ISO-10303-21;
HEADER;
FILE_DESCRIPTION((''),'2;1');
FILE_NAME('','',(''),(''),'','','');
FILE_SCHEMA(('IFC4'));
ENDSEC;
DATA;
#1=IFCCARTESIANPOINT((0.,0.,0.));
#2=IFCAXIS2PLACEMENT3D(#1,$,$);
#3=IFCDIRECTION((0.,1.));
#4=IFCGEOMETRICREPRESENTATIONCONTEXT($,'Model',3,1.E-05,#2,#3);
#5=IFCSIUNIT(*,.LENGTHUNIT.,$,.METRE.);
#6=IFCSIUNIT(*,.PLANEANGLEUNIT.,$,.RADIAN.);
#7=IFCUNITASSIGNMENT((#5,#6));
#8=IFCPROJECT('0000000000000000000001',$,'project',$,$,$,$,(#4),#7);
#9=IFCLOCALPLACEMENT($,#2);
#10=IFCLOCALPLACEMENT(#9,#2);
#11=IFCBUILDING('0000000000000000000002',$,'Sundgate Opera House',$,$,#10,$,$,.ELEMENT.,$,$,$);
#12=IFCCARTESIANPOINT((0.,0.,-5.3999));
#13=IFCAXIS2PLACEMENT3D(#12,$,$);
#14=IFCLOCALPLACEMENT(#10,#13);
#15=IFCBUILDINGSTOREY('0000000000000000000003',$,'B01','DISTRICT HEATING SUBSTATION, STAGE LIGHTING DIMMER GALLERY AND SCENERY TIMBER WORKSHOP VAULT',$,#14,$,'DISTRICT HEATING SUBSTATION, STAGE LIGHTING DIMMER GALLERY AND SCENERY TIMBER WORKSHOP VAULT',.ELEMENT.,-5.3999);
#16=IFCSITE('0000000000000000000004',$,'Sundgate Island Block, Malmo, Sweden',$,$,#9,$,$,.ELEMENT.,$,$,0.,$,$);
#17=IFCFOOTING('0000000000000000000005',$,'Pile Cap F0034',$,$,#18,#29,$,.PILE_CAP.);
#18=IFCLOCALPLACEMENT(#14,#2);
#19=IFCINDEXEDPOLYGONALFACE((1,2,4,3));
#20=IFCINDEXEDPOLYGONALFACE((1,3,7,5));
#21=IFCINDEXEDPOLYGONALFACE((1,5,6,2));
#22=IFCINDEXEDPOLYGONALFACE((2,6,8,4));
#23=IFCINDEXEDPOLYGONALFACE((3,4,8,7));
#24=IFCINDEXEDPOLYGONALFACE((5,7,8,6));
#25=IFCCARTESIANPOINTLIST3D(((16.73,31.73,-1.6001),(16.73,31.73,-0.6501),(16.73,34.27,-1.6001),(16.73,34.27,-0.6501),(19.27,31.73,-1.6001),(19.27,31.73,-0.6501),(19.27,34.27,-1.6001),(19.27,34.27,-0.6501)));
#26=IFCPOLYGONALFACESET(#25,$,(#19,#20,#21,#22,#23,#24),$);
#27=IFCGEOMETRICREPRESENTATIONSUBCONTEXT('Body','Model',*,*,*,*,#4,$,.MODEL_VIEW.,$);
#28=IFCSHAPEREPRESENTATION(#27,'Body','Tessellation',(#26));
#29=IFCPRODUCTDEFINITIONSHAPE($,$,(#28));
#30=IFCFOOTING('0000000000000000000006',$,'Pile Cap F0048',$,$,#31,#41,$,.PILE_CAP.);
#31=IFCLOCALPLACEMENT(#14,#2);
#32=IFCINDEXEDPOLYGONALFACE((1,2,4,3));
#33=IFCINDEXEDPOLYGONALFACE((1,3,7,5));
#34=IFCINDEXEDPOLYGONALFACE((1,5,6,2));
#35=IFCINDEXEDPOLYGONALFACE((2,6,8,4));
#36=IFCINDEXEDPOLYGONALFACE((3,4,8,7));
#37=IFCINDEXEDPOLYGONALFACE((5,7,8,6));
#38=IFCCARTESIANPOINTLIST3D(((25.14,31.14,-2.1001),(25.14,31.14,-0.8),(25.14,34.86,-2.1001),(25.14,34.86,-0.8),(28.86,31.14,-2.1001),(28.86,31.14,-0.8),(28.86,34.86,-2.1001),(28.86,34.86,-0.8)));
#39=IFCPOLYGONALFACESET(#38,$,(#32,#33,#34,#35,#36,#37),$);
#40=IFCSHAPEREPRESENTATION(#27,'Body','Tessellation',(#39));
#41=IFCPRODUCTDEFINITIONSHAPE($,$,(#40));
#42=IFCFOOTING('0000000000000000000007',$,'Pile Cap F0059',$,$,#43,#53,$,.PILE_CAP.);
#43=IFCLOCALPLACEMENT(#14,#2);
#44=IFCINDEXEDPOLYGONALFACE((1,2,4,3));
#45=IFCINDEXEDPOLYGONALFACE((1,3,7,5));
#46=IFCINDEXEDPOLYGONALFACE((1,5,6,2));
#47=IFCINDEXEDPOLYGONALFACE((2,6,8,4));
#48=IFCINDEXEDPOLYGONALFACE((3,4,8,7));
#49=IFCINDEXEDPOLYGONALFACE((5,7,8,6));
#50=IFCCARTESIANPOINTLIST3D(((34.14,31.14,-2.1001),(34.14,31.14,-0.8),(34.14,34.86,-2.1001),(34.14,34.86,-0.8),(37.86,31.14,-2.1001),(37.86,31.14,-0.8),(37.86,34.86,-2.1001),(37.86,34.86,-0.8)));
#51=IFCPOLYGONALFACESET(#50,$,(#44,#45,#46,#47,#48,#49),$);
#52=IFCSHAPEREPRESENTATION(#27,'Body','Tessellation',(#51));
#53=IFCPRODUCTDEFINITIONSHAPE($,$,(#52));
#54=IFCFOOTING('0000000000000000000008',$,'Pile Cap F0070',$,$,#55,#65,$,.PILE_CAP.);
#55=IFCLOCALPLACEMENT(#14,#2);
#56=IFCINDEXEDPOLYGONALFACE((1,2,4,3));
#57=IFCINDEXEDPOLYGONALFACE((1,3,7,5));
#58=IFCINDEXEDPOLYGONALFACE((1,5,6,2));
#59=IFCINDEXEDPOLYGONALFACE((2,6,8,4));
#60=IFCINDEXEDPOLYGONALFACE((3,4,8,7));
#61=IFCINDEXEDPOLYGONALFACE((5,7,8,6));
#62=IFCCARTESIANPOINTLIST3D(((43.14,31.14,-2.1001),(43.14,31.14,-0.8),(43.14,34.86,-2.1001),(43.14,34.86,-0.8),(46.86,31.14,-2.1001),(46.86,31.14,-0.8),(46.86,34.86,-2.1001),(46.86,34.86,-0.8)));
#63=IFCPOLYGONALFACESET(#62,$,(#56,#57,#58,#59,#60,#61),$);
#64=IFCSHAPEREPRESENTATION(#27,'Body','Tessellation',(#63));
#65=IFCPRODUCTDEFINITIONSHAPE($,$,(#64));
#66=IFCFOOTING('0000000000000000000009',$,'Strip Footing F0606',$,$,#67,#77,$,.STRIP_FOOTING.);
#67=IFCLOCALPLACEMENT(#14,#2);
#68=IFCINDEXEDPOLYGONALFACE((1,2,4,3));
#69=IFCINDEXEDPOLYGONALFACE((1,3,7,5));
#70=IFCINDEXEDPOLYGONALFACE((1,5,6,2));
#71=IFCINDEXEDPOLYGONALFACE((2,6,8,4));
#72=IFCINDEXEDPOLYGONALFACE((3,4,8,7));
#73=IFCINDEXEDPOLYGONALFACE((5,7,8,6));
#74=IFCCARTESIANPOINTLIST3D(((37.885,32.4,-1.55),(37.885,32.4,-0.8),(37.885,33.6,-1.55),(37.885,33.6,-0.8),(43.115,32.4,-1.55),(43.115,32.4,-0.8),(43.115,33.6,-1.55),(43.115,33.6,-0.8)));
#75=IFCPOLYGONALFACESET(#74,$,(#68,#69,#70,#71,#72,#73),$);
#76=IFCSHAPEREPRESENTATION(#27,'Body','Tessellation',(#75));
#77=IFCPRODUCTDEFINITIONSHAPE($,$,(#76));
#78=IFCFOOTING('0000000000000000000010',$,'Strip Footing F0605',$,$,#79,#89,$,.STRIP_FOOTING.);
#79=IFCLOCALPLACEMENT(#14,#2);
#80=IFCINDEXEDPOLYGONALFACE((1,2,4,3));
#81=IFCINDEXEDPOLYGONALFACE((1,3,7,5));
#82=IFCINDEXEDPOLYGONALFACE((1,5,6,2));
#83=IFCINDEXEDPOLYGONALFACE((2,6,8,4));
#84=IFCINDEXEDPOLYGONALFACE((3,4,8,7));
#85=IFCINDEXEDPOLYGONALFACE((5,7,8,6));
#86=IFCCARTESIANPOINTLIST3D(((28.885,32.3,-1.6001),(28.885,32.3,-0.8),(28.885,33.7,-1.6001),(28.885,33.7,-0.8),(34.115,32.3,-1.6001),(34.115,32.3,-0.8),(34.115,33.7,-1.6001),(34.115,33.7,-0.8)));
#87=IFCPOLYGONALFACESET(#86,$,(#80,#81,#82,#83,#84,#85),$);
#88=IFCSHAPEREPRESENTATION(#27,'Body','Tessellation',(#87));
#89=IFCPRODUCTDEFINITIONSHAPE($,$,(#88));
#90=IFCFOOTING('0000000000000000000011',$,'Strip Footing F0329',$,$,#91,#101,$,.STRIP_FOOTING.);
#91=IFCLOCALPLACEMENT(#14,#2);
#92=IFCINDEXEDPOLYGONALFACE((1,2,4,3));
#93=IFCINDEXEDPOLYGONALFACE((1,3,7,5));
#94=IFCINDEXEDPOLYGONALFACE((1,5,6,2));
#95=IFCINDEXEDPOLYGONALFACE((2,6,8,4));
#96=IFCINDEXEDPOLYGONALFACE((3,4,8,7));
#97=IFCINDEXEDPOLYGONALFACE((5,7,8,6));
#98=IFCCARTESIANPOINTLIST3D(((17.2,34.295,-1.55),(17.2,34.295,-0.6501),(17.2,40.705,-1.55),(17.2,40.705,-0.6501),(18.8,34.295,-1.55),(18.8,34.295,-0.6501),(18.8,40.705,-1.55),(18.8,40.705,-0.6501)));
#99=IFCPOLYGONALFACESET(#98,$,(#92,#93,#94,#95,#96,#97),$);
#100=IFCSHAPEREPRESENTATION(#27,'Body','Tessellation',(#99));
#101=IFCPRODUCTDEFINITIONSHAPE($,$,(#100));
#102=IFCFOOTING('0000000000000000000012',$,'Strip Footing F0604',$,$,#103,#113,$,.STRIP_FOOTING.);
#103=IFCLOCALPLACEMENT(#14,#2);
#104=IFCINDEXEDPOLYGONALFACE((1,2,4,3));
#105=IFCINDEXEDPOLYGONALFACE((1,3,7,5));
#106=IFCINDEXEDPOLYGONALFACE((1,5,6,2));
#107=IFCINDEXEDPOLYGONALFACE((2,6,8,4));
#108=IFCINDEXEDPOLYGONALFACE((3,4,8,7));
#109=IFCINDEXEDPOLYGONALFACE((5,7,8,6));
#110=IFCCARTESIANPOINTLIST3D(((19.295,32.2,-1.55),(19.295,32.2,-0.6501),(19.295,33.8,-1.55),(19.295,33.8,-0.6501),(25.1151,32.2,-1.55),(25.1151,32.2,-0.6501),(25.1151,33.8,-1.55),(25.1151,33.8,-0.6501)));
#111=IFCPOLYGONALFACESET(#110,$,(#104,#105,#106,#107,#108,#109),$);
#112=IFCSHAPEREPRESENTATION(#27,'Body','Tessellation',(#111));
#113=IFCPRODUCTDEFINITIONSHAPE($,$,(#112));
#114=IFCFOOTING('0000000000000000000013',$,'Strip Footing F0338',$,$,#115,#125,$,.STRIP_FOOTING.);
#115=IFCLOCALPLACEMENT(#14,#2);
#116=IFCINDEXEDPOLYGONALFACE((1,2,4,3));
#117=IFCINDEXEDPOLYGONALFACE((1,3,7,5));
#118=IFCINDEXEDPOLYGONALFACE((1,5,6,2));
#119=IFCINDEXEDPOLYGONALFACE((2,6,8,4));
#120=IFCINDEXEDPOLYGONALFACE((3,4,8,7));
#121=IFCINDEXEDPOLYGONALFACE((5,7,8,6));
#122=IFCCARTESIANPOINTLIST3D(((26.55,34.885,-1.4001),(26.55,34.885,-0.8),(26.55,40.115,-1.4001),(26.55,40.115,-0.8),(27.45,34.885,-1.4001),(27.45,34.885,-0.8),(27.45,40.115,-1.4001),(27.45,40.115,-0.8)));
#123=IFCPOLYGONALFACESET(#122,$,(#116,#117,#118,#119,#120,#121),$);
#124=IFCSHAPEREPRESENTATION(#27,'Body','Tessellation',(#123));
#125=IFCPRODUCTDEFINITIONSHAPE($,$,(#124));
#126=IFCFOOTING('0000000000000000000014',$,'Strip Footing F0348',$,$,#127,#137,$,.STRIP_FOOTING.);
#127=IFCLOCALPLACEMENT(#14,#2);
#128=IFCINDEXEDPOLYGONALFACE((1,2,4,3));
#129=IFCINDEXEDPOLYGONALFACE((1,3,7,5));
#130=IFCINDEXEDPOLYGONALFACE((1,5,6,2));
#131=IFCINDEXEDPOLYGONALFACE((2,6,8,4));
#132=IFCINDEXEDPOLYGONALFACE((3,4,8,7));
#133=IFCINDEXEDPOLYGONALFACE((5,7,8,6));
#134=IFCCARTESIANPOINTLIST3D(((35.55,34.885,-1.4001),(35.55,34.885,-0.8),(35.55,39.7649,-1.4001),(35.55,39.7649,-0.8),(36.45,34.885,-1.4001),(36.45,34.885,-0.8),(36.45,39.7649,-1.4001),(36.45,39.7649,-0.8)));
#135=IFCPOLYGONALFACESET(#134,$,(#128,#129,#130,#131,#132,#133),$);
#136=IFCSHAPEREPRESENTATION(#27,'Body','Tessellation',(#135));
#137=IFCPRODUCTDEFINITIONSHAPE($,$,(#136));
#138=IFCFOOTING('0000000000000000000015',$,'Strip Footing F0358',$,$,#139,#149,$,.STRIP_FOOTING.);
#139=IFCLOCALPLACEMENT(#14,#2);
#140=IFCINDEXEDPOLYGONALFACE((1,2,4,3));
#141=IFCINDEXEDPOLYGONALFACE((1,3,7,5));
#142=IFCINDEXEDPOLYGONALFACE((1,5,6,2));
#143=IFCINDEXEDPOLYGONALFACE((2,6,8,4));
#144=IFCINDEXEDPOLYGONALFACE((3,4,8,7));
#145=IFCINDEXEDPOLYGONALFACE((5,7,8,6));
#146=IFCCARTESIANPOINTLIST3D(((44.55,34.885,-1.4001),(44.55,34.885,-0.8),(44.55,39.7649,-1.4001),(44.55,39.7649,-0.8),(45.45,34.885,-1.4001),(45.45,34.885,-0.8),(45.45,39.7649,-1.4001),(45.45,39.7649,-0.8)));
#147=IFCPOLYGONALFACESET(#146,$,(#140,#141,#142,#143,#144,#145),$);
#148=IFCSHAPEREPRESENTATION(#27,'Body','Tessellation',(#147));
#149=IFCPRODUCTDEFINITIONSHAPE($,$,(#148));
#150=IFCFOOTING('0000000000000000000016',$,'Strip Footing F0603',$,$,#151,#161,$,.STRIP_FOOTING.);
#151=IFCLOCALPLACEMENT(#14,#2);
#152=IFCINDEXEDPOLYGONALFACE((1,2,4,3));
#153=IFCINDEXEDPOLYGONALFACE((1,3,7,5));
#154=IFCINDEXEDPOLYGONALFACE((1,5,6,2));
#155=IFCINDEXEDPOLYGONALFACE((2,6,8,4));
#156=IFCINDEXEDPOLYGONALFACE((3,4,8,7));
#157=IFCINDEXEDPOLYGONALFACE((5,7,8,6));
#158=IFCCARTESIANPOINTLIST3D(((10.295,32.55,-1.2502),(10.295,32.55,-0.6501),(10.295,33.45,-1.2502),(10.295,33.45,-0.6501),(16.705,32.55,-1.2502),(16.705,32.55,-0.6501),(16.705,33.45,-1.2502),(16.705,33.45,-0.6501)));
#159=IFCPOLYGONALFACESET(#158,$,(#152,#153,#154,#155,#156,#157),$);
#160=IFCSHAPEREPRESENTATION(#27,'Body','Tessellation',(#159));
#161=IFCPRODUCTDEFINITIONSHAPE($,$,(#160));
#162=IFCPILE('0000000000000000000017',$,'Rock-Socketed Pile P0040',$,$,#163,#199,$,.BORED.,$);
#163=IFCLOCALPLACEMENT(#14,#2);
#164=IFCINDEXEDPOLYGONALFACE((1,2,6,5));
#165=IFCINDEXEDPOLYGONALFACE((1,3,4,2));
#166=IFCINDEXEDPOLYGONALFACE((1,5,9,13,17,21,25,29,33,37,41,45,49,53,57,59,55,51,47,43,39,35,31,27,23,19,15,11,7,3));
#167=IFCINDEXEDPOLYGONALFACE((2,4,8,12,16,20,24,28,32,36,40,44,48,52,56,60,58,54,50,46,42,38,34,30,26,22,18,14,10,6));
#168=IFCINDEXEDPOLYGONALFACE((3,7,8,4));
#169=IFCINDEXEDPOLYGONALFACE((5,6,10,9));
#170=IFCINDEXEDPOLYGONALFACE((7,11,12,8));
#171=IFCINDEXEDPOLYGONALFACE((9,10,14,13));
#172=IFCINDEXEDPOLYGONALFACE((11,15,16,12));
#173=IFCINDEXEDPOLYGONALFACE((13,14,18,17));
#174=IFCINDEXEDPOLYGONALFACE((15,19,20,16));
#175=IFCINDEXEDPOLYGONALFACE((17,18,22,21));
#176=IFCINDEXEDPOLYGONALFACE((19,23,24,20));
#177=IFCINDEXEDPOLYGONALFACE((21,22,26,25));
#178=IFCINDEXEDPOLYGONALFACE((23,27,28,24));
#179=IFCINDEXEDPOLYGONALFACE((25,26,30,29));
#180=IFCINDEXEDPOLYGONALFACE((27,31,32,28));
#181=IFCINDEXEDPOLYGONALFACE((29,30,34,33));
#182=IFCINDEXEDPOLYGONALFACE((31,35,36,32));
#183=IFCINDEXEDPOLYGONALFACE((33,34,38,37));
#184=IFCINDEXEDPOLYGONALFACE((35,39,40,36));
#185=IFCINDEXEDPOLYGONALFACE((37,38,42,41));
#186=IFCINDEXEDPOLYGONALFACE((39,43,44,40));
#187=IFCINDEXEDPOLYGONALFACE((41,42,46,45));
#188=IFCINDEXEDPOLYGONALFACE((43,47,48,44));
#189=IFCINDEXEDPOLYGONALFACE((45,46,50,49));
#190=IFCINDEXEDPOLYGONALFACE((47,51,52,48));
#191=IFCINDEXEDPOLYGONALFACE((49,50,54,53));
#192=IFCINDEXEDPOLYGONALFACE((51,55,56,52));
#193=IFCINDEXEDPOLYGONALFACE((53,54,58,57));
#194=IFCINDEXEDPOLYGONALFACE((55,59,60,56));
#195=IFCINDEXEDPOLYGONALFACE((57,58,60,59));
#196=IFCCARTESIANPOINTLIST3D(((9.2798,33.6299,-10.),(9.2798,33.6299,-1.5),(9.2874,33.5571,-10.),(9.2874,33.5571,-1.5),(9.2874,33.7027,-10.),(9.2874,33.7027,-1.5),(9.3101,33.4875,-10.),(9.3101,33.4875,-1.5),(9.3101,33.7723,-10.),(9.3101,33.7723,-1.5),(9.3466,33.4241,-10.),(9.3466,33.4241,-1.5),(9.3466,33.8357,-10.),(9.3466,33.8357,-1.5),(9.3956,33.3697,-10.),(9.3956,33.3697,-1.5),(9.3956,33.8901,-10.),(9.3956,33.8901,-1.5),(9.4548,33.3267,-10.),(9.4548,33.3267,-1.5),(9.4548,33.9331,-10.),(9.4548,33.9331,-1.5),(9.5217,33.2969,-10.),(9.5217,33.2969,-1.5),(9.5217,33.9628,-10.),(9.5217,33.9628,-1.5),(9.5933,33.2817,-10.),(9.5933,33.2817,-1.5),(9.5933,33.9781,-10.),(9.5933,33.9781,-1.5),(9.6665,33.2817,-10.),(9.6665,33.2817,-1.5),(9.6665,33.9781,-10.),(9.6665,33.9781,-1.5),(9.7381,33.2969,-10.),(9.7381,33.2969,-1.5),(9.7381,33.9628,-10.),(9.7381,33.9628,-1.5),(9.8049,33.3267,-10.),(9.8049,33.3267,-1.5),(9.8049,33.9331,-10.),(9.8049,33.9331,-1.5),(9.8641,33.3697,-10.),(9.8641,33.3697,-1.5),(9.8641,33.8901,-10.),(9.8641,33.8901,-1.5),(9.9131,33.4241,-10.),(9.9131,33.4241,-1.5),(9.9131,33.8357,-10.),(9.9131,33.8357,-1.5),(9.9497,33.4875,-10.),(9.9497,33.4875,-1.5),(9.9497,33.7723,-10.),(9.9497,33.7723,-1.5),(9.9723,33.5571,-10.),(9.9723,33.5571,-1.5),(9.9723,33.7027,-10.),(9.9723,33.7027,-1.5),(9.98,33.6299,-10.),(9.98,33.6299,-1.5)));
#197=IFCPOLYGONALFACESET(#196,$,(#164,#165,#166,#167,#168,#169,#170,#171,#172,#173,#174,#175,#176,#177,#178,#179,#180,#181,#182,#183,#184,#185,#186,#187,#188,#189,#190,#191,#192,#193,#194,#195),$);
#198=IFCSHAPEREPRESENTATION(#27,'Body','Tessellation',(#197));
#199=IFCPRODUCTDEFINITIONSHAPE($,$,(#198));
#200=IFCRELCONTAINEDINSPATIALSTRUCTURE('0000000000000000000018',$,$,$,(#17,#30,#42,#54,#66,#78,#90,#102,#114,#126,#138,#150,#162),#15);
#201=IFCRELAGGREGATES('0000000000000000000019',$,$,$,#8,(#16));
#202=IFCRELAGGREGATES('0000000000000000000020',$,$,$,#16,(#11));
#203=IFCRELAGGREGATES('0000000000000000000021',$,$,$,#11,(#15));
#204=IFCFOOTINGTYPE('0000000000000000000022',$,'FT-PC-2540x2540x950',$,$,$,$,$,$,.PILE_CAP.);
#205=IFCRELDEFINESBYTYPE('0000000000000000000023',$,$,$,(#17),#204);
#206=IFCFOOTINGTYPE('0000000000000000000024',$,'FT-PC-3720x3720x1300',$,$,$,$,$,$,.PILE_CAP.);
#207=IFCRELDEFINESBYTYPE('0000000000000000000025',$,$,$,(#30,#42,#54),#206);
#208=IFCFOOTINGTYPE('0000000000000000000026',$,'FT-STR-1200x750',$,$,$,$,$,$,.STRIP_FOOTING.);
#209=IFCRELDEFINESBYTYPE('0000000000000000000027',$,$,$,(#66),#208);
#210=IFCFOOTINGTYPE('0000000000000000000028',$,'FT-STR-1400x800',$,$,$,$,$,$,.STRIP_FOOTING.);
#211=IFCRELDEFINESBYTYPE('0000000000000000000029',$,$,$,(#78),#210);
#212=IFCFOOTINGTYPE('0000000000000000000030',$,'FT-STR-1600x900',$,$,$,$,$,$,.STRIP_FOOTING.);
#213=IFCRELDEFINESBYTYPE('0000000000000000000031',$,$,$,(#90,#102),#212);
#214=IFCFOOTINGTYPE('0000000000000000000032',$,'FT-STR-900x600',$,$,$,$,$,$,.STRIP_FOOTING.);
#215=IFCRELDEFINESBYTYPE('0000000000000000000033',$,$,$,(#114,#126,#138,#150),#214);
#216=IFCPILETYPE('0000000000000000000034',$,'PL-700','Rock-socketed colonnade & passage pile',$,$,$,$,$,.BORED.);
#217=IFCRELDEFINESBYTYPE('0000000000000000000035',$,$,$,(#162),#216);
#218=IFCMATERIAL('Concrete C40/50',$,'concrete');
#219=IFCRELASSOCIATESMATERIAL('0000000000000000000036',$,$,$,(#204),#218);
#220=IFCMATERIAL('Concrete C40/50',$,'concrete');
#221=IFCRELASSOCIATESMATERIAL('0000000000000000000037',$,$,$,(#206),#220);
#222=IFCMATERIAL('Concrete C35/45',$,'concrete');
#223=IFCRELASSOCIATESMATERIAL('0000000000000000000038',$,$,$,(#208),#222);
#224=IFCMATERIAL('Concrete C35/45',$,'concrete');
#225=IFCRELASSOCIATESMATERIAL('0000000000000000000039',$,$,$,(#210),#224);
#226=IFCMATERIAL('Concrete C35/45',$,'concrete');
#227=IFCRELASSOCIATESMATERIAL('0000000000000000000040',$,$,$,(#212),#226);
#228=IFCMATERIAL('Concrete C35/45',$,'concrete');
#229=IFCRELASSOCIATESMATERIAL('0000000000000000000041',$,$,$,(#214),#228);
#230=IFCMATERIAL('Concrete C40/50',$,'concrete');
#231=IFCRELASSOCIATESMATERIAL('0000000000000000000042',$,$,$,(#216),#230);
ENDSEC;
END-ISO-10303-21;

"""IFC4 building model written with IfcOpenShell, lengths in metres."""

from ifc_helpers import new_model, si_unit, direction, frame, origin, origin_2d, place, context, subcontext, project, spatial, rectangle, circle, extrude, material, material_profile, profile_set, type_object, element, save


model = new_model("IFC4")

# Units and contexts
model_context = context("Model", 3, precision=1e-05, world=origin(), true_north=direction((0.0, 1.0)))
body_context = subcontext(model_context, "Body", "Model", "MODEL_VIEW")
ifc_project = project(units=[si_unit("LENGTHUNIT", "METRE"), si_unit("PLANEANGLEUNIT", "RADIAN")], contexts=[model_context])

# Site, building, storey
site_placement = place(None, origin())
site = spatial("IfcSite", under=ifc_project, at=site_placement, Name="Sundgate Island Block, Malmo, Sweden", CompositionType="ELEMENT", RefElevation=0.0)
building_placement = place(site_placement, origin())
building = spatial("IfcBuilding", under=site, at=building_placement, Name="Sundgate Opera House", CompositionType="ELEMENT")
storey_placement = place(building_placement, frame((0.0, 0.0, -5.3999)))
storey = spatial("IfcBuildingStorey", under=building, at=storey_placement, Name="B01", Description="DISTRICT HEATING SUBSTATION, STAGE LIGHTING DIMMER GALLERY AND SCENERY TIMBER WORKSHOP VAULT", LongName="DISTRICT HEATING SUBSTATION, STAGE LIGHTING DIMMER GALLERY AND SCENERY TIMBER WORKSHOP VAULT", CompositionType="ELEMENT", Elevation=-5.3999)

# Footings
ifc_material_1 = material(Name="Concrete C40/50", Category="concrete")
footing_type_1 = type_object("IfcFootingType", Name="FT-PC-2540x2540x950", PredefinedType="PILE_CAP", material=ifc_material_1)
footing_1_placement = place(storey_placement, frame((18.0, 33.0, -1.6001), z_axis=(0.0, 0.0, 1.0), x_axis=(1.0, 0.0, 0.0)))
element("IfcFooting", 1, at=footing_1_placement, inside=storey, type_object=footing_type_1, Name="Pile Cap F0034", PredefinedType="PILE_CAP", context=body_context, shape_type="SweptSolid", body=[
    extrude(rectangle(XDim=2.54, YDim=2.54, at=origin_2d()), origin(), (0.0, 0.0, 1.0), 0.95),
])
ifc_material_2 = material(Name="Concrete C40/50", Category="concrete")
footing_type_2 = type_object("IfcFootingType", Name="FT-PC-3720x3720x1300", PredefinedType="PILE_CAP", material=ifc_material_2)
for number, where, z_axis, x_axis, name in (
    (2, (27.0, 33.0, -2.1001), (0.0, 0.0, 1.0), (1.0, 0.0, 0.0), "Pile Cap F0048"),
    (3, (36.0, 33.0, -2.1001), (0.0, 0.0, 1.0), (1.0, 0.0, 0.0), "Pile Cap F0059"),
    (4, (45.0, 33.0, -2.1001), (0.0, 0.0, 1.0), (1.0, 0.0, 0.0), "Pile Cap F0070"),
):
    element("IfcFooting", number, at=place(storey_placement, frame(where, z_axis=z_axis, x_axis=x_axis)), inside=storey, type_object=footing_type_2, Name=name, PredefinedType="PILE_CAP", context=body_context, shape_type="SweptSolid", body=[
        extrude(rectangle(XDim=3.72, YDim=3.72, at=origin_2d()), origin(), (0.0, 0.0, 1.0), 1.3),
    ])
ifc_material_3 = material(Name="Concrete C35/45", Category="concrete")
footing_type_3 = type_object("IfcFootingType", Name="FT-STR-1200x750", PredefinedType="STRIP_FOOTING", material=ifc_material_3)
footing_2_placement = place(storey_placement, frame((40.5, 33.0, -1.55), z_axis=(0.0, 0.0, 1.0), x_axis=(1.0, 0.0, 0.0)))
element("IfcFooting", 5, at=footing_2_placement, inside=storey, type_object=footing_type_3, Name="Strip Footing F0606", PredefinedType="STRIP_FOOTING", context=body_context, shape_type="SweptSolid", body=[
    extrude(rectangle(XDim=5.23, YDim=1.2, at=origin_2d()), origin(), (0.0, 0.0, 1.0), 0.75),
])
ifc_material_4 = material(Name="Concrete C35/45", Category="concrete")
footing_type_4 = type_object("IfcFootingType", Name="FT-STR-1400x800", PredefinedType="STRIP_FOOTING", material=ifc_material_4)
footing_3_placement = place(storey_placement, frame((31.5, 33.0, -1.6001), z_axis=(0.0, 0.0, 1.0), x_axis=(1.0, 0.0, 0.0)))
element("IfcFooting", 6, at=footing_3_placement, inside=storey, type_object=footing_type_4, Name="Strip Footing F0605", PredefinedType="STRIP_FOOTING", context=body_context, shape_type="SweptSolid", body=[
    extrude(rectangle(XDim=5.23, YDim=1.3999, at=origin_2d()), origin(), (0.0, 0.0, 1.0), 0.8),
])
ifc_material_5 = material(Name="Concrete C35/45", Category="concrete")
footing_type_5 = type_object("IfcFootingType", Name="FT-STR-1600x900", PredefinedType="STRIP_FOOTING", material=ifc_material_5)
footing_4_placement = place(storey_placement, frame((18.0, 37.5, -1.55), z_axis=(0.0, 0.0, 1.0), x_axis=(1.0, 0.0, 0.0)))
element("IfcFooting", 7, at=footing_4_placement, inside=storey, type_object=footing_type_5, Name="Strip Footing F0329", PredefinedType="STRIP_FOOTING", context=body_context, shape_type="SweptSolid", body=[
    extrude(rectangle(XDim=1.6001, YDim=6.4099, at=origin_2d()), origin(), (0.0, 0.0, 1.0), 0.8999),
])
footing_5_placement = place(storey_placement, frame((22.2051, 33.0, -1.55), z_axis=(0.0, 0.0, 1.0), x_axis=(1.0, 0.0, 0.0)))
element("IfcFooting", 8, at=footing_5_placement, inside=storey, type_object=footing_type_5, Name="Strip Footing F0604", PredefinedType="STRIP_FOOTING", context=body_context, shape_type="SweptSolid", body=[
    extrude(rectangle(XDim=5.8201, YDim=1.6001, at=origin_2d()), origin(), (0.0, 0.0, 1.0), 0.8999),
])
ifc_material_6 = material(Name="Concrete C35/45", Category="concrete")
footing_type_6 = type_object("IfcFootingType", Name="FT-STR-900x600", PredefinedType="STRIP_FOOTING", material=ifc_material_6)
footing_6_placement = place(storey_placement, frame((27.0, 37.5, -1.4001), z_axis=(0.0, 0.0, 1.0), x_axis=(1.0, 0.0, 0.0)))
element("IfcFooting", 9, at=footing_6_placement, inside=storey, type_object=footing_type_6, Name="Strip Footing F0338", PredefinedType="STRIP_FOOTING", context=body_context, shape_type="SweptSolid", body=[
    extrude(rectangle(XDim=0.8999, YDim=5.23, at=origin_2d()), origin(), (0.0, 0.0, 1.0), 0.6001),
])
for number, where, z_axis, x_axis, name in (
    (10, (36.0, 37.325, -1.4001), (0.0, 0.0, 1.0), (1.0, 0.0, 0.0), "Strip Footing F0348"),
    (11, (45.0, 37.325, -1.4001), (0.0, 0.0, 1.0), (1.0, 0.0, 0.0), "Strip Footing F0358"),
):
    element("IfcFooting", number, at=place(storey_placement, frame(where, z_axis=z_axis, x_axis=x_axis)), inside=storey, type_object=footing_type_6, Name=name, PredefinedType="STRIP_FOOTING", context=body_context, shape_type="SweptSolid", body=[
        extrude(rectangle(XDim=0.8999, YDim=4.8799, at=origin_2d()), origin(), (0.0, 0.0, 1.0), 0.6001),
    ])
footing_7_placement = place(storey_placement, frame((13.5, 33.0, -1.2502), z_axis=(0.0, 0.0, 1.0), x_axis=(1.0, 0.0, 0.0)))
element("IfcFooting", 12, at=footing_7_placement, inside=storey, type_object=footing_type_6, Name="Strip Footing F0603", PredefinedType="STRIP_FOOTING", context=body_context, shape_type="SweptSolid", body=[
    extrude(rectangle(XDim=6.4099, YDim=0.8999, at=origin_2d()), origin(), (0.0, 0.0, 1.0), 0.6001),
])

# Pile
ifc_material_7 = material(Name="Concrete C40/50", Category="concrete")
ifc_material_profile_1 = material_profile(ifc_material_7, circle(Radius=0.3501, at=origin_2d()), Name="PILE D700")
ifc_profile_set_1 = profile_set([ifc_material_profile_1], Name="Concrete C40/50")
pile_type_1 = type_object("IfcPileType", Name="PL-700", Description="Rock-socketed colonnade & passage pile", PredefinedType="BORED", material=ifc_profile_set_1)
for number, where, z_axis, x_axis, name in (
    (13, (9.6299, 33.6299, -1.5), (0.0, 0.0, -1.0), (1.0, 0.0, 0.0), "Rock-Socketed Pile P0040"),
):
    element("IfcPile", number, at=place(storey_placement, frame(where, z_axis=z_axis, x_axis=x_axis)), inside=storey, type_object=pile_type_1, Name=name, PredefinedType="BORED", context=body_context, shape_type="SweptSolid", body=[
        extrude(circle(Radius=0.3501, at=origin_2d()), origin(), (0.0, 0.0, 1.0), 8.5),
    ])

save(model, "model.ifc")
